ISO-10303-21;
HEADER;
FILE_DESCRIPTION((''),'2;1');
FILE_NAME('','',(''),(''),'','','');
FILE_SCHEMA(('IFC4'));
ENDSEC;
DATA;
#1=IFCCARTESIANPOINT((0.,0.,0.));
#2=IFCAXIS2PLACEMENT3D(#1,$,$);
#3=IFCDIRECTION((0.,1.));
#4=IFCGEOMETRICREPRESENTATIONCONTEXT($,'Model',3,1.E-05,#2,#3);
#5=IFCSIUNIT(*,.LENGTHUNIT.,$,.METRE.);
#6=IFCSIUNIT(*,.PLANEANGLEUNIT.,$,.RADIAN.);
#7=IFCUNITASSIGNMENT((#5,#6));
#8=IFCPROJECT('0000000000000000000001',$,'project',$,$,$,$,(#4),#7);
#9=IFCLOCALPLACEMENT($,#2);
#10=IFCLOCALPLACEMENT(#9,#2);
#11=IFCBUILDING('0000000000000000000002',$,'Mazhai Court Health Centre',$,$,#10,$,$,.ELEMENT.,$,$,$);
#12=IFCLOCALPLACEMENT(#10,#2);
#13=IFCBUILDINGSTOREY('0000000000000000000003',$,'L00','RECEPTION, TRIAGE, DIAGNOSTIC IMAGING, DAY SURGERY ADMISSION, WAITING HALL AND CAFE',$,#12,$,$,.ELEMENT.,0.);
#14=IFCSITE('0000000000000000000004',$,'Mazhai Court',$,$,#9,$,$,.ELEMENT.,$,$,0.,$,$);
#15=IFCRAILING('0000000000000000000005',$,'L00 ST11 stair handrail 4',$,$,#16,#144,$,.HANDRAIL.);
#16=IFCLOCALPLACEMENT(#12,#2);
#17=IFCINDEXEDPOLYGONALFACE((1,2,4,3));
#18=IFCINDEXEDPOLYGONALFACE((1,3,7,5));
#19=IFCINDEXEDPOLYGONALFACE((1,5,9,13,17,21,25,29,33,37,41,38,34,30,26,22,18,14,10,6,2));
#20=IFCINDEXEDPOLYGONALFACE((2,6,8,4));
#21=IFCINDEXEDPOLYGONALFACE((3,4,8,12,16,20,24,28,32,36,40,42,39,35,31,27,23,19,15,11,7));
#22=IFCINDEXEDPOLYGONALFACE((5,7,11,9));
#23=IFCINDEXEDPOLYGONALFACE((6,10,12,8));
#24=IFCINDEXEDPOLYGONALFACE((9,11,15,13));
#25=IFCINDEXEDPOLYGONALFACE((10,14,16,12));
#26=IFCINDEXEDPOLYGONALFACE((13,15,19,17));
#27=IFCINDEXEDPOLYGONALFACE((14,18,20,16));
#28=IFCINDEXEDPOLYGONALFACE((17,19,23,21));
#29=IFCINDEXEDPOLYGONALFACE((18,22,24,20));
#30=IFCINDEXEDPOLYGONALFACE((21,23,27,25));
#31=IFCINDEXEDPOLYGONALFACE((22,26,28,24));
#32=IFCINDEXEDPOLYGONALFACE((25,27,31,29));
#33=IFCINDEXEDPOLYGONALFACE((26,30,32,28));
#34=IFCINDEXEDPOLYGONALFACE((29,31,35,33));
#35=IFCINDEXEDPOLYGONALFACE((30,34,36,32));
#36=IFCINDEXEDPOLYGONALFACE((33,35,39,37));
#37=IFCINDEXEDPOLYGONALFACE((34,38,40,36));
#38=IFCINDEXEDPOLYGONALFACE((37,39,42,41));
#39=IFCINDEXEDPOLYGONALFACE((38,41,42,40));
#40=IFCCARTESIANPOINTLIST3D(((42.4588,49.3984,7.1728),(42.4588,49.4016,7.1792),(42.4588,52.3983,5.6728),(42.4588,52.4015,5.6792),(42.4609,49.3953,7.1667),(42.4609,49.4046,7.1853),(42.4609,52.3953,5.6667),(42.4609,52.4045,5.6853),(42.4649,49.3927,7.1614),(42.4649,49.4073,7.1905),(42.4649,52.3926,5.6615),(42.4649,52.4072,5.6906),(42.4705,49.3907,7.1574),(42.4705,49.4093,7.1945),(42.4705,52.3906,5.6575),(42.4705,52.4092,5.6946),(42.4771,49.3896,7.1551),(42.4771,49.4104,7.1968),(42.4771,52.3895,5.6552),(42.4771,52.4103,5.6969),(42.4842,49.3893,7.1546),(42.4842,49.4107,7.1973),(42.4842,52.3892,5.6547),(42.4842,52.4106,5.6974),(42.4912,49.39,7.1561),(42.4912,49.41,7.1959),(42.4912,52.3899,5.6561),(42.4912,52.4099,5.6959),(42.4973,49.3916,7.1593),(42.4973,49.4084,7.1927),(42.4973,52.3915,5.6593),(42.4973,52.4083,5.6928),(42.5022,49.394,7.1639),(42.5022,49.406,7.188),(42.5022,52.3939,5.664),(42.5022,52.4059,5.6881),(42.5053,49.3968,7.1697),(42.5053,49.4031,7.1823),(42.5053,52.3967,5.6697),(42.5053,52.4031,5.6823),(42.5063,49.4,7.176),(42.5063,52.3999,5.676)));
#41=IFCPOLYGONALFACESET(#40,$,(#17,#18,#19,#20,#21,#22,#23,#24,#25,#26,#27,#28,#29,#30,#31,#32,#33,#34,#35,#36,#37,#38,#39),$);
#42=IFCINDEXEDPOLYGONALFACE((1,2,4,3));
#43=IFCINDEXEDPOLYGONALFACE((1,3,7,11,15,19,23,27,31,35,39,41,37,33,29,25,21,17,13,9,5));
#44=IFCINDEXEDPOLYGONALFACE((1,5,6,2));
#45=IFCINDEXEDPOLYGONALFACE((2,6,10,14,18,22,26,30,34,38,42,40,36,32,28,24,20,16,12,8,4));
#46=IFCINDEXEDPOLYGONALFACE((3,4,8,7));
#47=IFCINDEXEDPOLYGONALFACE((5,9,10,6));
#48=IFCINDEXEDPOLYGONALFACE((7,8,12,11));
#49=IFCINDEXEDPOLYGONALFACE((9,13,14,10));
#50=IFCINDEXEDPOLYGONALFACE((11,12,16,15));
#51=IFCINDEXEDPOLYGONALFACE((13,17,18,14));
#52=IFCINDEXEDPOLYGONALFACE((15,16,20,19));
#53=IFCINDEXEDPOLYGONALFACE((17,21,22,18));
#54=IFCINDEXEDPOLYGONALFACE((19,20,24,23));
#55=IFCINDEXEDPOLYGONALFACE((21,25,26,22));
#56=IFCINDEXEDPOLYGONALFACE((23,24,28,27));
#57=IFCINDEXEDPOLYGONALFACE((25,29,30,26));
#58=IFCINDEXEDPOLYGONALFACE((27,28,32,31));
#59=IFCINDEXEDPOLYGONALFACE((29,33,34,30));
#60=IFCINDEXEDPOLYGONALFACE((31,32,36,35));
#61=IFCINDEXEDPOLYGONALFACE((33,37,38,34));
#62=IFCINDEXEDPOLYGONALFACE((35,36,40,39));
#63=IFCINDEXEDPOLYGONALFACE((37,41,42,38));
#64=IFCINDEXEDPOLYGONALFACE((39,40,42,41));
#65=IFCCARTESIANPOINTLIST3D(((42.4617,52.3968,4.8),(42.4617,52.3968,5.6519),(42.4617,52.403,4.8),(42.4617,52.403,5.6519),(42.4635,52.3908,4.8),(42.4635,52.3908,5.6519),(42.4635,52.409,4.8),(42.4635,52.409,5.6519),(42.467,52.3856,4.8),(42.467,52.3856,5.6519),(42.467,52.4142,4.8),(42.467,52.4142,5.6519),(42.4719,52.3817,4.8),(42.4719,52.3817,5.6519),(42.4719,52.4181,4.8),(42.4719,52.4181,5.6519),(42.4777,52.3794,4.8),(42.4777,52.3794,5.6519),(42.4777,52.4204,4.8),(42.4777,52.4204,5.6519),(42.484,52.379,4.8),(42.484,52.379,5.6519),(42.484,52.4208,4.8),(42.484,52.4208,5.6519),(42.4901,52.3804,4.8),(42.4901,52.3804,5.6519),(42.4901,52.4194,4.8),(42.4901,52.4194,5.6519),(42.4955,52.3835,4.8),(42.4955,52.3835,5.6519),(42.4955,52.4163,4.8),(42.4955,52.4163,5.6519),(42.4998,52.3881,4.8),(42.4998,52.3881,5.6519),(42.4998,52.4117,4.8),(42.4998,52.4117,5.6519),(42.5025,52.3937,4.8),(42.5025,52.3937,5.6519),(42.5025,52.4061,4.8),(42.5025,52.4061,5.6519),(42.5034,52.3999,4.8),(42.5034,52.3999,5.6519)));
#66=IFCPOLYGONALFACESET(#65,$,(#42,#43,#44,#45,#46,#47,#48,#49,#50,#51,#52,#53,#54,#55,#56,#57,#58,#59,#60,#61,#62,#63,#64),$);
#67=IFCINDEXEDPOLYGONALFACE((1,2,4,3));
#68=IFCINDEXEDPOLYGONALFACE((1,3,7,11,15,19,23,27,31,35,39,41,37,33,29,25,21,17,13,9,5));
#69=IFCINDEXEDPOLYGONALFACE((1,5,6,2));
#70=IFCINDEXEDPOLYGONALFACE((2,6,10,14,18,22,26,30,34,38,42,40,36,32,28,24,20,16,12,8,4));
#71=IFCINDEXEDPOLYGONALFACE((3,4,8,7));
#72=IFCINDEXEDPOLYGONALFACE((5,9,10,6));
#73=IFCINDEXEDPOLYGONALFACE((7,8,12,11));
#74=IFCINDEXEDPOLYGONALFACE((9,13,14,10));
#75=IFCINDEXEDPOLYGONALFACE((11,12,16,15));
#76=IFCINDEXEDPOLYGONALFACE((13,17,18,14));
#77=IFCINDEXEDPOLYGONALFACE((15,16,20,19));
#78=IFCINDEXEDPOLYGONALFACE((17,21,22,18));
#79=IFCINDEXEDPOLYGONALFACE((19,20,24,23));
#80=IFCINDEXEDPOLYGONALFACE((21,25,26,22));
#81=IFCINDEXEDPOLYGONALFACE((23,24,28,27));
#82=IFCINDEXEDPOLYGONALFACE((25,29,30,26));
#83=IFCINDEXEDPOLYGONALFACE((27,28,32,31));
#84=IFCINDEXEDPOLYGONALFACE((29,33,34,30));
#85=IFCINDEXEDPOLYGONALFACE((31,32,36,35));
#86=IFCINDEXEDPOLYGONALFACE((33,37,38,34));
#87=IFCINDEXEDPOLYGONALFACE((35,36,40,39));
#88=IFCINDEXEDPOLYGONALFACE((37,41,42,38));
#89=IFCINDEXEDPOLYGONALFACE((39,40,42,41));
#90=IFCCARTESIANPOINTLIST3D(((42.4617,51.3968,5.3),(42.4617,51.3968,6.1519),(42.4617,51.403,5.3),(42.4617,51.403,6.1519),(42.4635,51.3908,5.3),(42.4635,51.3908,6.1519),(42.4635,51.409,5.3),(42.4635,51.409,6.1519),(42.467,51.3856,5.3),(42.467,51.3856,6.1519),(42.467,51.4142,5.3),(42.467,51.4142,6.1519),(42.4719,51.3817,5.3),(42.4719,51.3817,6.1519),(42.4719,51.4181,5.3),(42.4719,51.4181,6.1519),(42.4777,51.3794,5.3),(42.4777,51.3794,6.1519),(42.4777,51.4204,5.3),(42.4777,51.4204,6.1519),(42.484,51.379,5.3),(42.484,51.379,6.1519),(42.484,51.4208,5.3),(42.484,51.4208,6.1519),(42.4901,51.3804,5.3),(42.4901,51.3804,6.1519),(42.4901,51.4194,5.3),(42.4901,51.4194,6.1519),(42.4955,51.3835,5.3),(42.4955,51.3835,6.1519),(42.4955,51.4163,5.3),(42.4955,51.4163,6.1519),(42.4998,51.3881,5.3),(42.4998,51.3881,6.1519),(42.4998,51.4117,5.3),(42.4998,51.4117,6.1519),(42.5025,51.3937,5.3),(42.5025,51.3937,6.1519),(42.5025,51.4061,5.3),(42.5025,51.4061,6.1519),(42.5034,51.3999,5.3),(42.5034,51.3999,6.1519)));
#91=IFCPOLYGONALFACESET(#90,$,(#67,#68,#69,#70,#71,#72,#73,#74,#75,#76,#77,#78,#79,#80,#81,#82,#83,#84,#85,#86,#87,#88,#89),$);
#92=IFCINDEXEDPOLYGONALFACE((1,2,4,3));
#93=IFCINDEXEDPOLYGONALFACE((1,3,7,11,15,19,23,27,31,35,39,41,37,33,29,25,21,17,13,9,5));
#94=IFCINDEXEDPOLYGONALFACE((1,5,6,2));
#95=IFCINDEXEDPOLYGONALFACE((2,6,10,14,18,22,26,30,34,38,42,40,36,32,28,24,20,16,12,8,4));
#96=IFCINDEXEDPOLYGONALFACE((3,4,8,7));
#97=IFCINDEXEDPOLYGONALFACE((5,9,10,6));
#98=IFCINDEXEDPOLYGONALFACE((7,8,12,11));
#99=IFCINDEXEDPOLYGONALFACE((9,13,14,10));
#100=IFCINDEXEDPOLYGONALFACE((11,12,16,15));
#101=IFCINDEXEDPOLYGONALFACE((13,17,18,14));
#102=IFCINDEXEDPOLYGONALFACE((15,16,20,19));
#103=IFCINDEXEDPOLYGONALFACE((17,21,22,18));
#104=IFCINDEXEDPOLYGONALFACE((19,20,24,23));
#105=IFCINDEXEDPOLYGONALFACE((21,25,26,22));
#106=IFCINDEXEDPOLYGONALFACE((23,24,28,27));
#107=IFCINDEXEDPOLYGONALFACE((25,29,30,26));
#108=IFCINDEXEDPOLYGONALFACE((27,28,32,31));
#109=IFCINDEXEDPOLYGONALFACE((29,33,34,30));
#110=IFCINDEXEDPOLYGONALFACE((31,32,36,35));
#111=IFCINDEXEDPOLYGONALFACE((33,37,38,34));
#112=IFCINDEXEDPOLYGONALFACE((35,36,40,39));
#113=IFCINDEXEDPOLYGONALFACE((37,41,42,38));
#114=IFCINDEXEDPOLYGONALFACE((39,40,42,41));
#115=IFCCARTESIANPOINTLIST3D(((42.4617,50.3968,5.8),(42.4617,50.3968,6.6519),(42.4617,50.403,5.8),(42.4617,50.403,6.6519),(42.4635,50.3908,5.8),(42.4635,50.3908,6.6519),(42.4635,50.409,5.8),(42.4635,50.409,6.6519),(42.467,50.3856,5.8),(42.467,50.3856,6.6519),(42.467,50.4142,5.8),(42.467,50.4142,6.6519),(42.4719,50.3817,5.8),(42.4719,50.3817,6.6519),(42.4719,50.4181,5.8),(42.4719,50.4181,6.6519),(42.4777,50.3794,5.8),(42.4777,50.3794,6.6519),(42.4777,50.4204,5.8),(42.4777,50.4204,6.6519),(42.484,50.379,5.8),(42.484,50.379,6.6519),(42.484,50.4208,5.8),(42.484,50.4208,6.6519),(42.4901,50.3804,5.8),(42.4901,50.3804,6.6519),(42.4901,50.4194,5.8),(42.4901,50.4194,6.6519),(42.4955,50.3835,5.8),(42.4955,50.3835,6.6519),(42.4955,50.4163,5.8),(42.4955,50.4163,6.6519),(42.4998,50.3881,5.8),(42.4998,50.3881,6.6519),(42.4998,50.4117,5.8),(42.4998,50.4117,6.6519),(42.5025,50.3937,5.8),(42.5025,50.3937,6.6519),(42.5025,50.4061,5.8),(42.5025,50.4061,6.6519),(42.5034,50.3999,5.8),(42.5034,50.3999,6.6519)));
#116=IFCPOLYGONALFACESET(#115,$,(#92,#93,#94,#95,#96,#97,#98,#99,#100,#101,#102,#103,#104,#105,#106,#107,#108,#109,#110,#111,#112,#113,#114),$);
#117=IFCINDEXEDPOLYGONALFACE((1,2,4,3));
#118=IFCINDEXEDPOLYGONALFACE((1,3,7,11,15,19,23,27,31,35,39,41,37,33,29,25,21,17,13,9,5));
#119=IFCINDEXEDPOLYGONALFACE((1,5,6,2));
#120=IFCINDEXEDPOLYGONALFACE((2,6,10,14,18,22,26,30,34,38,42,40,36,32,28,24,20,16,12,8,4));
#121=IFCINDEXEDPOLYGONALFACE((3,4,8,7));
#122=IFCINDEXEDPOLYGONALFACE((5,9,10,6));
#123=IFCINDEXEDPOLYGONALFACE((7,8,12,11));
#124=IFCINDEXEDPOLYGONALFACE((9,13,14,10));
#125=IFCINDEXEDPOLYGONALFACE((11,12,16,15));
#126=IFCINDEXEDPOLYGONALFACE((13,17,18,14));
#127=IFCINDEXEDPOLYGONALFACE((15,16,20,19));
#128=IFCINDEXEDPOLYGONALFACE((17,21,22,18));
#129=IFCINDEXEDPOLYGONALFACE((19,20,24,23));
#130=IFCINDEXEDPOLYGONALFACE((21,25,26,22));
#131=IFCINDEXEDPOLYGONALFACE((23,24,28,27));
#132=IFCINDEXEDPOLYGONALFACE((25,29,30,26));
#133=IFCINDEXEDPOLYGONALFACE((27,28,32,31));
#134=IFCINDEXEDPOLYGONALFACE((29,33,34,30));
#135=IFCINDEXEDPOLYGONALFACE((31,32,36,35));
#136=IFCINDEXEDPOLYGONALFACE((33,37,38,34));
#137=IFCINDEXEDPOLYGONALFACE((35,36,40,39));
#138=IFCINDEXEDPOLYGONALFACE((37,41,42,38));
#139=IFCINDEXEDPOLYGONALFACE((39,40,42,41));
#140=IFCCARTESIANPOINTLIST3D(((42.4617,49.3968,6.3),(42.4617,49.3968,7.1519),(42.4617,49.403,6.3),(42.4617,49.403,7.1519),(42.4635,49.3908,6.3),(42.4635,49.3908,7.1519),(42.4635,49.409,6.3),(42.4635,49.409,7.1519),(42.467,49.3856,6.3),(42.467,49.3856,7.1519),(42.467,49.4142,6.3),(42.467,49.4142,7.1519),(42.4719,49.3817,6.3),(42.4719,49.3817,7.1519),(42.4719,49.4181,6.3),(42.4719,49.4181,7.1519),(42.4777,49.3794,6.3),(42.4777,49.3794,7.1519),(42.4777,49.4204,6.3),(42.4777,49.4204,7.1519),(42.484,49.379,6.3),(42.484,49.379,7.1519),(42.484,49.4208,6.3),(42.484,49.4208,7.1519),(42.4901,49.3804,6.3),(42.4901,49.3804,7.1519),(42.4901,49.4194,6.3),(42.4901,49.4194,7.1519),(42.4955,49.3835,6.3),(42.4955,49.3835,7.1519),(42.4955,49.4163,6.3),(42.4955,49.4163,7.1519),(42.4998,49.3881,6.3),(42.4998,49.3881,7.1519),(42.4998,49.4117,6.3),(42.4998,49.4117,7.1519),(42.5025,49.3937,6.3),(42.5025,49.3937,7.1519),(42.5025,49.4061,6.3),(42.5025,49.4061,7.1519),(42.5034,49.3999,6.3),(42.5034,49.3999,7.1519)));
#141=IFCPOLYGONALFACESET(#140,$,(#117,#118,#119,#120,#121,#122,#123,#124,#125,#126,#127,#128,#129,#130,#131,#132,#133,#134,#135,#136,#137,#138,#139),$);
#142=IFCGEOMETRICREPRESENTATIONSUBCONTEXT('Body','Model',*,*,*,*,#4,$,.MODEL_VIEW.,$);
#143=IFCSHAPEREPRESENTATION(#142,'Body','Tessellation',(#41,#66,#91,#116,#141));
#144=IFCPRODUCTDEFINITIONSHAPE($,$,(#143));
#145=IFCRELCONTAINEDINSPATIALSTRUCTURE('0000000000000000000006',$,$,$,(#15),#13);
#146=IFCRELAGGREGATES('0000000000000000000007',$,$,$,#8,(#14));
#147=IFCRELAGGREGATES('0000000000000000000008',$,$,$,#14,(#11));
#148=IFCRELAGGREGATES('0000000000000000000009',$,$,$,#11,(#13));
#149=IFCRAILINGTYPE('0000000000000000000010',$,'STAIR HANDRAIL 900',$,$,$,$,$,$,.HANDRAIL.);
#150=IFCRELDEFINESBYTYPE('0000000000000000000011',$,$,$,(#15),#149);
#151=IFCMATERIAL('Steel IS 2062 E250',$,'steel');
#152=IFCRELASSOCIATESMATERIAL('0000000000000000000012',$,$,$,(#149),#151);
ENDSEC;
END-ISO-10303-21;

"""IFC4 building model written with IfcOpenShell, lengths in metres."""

from ifc_helpers import new_model, si_unit, direction, frame, origin, origin_2d, place, context, subcontext, project, spatial, circle, extrude, material, type_object, element, save


model = new_model("IFC4")

# Units and contexts
model_context = context("Model", 3, precision=1e-05, world=origin(), true_north=direction((0.0, 1.0)))
body_context = subcontext(model_context, "Body", "Model", "MODEL_VIEW")
ifc_project = project(units=[si_unit("LENGTHUNIT", "METRE"), si_unit("PLANEANGLEUNIT", "RADIAN")], contexts=[model_context])

# Site, building, storey
site_placement = place(None, origin())
site = spatial("IfcSite", under=ifc_project, at=site_placement, Name="Mazhai Court", CompositionType="ELEMENT", RefElevation=0.0)
building_placement = place(site_placement, origin())
building = spatial("IfcBuilding", under=site, at=building_placement, Name="Mazhai Court Health Centre", CompositionType="ELEMENT")
storey_placement = place(building_placement, origin())
storey = spatial("IfcBuildingStorey", under=building, at=storey_placement, Name="L00", Description="RECEPTION, TRIAGE, DIAGNOSTIC IMAGING, DAY SURGERY ADMISSION, WAITING HALL AND CAFE", CompositionType="ELEMENT", Elevation=0.0)

# Railing
ifc_material_1 = material(Name="Steel IS 2062 E250", Category="steel")
railing_type_1 = type_object("IfcRailingType", Name="STAIR HANDRAIL 900", PredefinedType="HANDRAIL", material=ifc_material_1)
railing_1_placement = place(storey_placement, frame((42.4824, 52.3999, 4.8)))
element("IfcRailing", 1, at=railing_1_placement, inside=storey, type_object=railing_type_1, Name="L00 ST11 stair handrail 4", PredefinedType="HANDRAIL", context=body_context, shape_type="SweptSolid", body=[
    extrude(circle(Radius=0.0239, at=origin_2d()), frame((0.0, 0.0, 0.876), z_axis=(0.0, -0.894427, 0.447214), x_axis=(1.0, 0.0, 0.0)), (0.0, 0.0, 1.0), 3.354),
    extrude(circle(Radius=0.021, at=origin_2d()), origin(), (0.0, 0.0, 1.0), 0.8518),
    extrude(circle(Radius=0.021, at=origin_2d()), frame((0.0, -1.0, 0.5)), (0.0, 0.0, 1.0), 0.8518),
    extrude(circle(Radius=0.021, at=origin_2d()), frame((0.0, -2.0, 1.0)), (0.0, 0.0, 1.0), 0.8518),
    extrude(circle(Radius=0.021, at=origin_2d()), frame((0.0, -3.0, 1.5)), (0.0, 0.0, 1.0), 0.8518),
])

save(model, "model.ifc")
